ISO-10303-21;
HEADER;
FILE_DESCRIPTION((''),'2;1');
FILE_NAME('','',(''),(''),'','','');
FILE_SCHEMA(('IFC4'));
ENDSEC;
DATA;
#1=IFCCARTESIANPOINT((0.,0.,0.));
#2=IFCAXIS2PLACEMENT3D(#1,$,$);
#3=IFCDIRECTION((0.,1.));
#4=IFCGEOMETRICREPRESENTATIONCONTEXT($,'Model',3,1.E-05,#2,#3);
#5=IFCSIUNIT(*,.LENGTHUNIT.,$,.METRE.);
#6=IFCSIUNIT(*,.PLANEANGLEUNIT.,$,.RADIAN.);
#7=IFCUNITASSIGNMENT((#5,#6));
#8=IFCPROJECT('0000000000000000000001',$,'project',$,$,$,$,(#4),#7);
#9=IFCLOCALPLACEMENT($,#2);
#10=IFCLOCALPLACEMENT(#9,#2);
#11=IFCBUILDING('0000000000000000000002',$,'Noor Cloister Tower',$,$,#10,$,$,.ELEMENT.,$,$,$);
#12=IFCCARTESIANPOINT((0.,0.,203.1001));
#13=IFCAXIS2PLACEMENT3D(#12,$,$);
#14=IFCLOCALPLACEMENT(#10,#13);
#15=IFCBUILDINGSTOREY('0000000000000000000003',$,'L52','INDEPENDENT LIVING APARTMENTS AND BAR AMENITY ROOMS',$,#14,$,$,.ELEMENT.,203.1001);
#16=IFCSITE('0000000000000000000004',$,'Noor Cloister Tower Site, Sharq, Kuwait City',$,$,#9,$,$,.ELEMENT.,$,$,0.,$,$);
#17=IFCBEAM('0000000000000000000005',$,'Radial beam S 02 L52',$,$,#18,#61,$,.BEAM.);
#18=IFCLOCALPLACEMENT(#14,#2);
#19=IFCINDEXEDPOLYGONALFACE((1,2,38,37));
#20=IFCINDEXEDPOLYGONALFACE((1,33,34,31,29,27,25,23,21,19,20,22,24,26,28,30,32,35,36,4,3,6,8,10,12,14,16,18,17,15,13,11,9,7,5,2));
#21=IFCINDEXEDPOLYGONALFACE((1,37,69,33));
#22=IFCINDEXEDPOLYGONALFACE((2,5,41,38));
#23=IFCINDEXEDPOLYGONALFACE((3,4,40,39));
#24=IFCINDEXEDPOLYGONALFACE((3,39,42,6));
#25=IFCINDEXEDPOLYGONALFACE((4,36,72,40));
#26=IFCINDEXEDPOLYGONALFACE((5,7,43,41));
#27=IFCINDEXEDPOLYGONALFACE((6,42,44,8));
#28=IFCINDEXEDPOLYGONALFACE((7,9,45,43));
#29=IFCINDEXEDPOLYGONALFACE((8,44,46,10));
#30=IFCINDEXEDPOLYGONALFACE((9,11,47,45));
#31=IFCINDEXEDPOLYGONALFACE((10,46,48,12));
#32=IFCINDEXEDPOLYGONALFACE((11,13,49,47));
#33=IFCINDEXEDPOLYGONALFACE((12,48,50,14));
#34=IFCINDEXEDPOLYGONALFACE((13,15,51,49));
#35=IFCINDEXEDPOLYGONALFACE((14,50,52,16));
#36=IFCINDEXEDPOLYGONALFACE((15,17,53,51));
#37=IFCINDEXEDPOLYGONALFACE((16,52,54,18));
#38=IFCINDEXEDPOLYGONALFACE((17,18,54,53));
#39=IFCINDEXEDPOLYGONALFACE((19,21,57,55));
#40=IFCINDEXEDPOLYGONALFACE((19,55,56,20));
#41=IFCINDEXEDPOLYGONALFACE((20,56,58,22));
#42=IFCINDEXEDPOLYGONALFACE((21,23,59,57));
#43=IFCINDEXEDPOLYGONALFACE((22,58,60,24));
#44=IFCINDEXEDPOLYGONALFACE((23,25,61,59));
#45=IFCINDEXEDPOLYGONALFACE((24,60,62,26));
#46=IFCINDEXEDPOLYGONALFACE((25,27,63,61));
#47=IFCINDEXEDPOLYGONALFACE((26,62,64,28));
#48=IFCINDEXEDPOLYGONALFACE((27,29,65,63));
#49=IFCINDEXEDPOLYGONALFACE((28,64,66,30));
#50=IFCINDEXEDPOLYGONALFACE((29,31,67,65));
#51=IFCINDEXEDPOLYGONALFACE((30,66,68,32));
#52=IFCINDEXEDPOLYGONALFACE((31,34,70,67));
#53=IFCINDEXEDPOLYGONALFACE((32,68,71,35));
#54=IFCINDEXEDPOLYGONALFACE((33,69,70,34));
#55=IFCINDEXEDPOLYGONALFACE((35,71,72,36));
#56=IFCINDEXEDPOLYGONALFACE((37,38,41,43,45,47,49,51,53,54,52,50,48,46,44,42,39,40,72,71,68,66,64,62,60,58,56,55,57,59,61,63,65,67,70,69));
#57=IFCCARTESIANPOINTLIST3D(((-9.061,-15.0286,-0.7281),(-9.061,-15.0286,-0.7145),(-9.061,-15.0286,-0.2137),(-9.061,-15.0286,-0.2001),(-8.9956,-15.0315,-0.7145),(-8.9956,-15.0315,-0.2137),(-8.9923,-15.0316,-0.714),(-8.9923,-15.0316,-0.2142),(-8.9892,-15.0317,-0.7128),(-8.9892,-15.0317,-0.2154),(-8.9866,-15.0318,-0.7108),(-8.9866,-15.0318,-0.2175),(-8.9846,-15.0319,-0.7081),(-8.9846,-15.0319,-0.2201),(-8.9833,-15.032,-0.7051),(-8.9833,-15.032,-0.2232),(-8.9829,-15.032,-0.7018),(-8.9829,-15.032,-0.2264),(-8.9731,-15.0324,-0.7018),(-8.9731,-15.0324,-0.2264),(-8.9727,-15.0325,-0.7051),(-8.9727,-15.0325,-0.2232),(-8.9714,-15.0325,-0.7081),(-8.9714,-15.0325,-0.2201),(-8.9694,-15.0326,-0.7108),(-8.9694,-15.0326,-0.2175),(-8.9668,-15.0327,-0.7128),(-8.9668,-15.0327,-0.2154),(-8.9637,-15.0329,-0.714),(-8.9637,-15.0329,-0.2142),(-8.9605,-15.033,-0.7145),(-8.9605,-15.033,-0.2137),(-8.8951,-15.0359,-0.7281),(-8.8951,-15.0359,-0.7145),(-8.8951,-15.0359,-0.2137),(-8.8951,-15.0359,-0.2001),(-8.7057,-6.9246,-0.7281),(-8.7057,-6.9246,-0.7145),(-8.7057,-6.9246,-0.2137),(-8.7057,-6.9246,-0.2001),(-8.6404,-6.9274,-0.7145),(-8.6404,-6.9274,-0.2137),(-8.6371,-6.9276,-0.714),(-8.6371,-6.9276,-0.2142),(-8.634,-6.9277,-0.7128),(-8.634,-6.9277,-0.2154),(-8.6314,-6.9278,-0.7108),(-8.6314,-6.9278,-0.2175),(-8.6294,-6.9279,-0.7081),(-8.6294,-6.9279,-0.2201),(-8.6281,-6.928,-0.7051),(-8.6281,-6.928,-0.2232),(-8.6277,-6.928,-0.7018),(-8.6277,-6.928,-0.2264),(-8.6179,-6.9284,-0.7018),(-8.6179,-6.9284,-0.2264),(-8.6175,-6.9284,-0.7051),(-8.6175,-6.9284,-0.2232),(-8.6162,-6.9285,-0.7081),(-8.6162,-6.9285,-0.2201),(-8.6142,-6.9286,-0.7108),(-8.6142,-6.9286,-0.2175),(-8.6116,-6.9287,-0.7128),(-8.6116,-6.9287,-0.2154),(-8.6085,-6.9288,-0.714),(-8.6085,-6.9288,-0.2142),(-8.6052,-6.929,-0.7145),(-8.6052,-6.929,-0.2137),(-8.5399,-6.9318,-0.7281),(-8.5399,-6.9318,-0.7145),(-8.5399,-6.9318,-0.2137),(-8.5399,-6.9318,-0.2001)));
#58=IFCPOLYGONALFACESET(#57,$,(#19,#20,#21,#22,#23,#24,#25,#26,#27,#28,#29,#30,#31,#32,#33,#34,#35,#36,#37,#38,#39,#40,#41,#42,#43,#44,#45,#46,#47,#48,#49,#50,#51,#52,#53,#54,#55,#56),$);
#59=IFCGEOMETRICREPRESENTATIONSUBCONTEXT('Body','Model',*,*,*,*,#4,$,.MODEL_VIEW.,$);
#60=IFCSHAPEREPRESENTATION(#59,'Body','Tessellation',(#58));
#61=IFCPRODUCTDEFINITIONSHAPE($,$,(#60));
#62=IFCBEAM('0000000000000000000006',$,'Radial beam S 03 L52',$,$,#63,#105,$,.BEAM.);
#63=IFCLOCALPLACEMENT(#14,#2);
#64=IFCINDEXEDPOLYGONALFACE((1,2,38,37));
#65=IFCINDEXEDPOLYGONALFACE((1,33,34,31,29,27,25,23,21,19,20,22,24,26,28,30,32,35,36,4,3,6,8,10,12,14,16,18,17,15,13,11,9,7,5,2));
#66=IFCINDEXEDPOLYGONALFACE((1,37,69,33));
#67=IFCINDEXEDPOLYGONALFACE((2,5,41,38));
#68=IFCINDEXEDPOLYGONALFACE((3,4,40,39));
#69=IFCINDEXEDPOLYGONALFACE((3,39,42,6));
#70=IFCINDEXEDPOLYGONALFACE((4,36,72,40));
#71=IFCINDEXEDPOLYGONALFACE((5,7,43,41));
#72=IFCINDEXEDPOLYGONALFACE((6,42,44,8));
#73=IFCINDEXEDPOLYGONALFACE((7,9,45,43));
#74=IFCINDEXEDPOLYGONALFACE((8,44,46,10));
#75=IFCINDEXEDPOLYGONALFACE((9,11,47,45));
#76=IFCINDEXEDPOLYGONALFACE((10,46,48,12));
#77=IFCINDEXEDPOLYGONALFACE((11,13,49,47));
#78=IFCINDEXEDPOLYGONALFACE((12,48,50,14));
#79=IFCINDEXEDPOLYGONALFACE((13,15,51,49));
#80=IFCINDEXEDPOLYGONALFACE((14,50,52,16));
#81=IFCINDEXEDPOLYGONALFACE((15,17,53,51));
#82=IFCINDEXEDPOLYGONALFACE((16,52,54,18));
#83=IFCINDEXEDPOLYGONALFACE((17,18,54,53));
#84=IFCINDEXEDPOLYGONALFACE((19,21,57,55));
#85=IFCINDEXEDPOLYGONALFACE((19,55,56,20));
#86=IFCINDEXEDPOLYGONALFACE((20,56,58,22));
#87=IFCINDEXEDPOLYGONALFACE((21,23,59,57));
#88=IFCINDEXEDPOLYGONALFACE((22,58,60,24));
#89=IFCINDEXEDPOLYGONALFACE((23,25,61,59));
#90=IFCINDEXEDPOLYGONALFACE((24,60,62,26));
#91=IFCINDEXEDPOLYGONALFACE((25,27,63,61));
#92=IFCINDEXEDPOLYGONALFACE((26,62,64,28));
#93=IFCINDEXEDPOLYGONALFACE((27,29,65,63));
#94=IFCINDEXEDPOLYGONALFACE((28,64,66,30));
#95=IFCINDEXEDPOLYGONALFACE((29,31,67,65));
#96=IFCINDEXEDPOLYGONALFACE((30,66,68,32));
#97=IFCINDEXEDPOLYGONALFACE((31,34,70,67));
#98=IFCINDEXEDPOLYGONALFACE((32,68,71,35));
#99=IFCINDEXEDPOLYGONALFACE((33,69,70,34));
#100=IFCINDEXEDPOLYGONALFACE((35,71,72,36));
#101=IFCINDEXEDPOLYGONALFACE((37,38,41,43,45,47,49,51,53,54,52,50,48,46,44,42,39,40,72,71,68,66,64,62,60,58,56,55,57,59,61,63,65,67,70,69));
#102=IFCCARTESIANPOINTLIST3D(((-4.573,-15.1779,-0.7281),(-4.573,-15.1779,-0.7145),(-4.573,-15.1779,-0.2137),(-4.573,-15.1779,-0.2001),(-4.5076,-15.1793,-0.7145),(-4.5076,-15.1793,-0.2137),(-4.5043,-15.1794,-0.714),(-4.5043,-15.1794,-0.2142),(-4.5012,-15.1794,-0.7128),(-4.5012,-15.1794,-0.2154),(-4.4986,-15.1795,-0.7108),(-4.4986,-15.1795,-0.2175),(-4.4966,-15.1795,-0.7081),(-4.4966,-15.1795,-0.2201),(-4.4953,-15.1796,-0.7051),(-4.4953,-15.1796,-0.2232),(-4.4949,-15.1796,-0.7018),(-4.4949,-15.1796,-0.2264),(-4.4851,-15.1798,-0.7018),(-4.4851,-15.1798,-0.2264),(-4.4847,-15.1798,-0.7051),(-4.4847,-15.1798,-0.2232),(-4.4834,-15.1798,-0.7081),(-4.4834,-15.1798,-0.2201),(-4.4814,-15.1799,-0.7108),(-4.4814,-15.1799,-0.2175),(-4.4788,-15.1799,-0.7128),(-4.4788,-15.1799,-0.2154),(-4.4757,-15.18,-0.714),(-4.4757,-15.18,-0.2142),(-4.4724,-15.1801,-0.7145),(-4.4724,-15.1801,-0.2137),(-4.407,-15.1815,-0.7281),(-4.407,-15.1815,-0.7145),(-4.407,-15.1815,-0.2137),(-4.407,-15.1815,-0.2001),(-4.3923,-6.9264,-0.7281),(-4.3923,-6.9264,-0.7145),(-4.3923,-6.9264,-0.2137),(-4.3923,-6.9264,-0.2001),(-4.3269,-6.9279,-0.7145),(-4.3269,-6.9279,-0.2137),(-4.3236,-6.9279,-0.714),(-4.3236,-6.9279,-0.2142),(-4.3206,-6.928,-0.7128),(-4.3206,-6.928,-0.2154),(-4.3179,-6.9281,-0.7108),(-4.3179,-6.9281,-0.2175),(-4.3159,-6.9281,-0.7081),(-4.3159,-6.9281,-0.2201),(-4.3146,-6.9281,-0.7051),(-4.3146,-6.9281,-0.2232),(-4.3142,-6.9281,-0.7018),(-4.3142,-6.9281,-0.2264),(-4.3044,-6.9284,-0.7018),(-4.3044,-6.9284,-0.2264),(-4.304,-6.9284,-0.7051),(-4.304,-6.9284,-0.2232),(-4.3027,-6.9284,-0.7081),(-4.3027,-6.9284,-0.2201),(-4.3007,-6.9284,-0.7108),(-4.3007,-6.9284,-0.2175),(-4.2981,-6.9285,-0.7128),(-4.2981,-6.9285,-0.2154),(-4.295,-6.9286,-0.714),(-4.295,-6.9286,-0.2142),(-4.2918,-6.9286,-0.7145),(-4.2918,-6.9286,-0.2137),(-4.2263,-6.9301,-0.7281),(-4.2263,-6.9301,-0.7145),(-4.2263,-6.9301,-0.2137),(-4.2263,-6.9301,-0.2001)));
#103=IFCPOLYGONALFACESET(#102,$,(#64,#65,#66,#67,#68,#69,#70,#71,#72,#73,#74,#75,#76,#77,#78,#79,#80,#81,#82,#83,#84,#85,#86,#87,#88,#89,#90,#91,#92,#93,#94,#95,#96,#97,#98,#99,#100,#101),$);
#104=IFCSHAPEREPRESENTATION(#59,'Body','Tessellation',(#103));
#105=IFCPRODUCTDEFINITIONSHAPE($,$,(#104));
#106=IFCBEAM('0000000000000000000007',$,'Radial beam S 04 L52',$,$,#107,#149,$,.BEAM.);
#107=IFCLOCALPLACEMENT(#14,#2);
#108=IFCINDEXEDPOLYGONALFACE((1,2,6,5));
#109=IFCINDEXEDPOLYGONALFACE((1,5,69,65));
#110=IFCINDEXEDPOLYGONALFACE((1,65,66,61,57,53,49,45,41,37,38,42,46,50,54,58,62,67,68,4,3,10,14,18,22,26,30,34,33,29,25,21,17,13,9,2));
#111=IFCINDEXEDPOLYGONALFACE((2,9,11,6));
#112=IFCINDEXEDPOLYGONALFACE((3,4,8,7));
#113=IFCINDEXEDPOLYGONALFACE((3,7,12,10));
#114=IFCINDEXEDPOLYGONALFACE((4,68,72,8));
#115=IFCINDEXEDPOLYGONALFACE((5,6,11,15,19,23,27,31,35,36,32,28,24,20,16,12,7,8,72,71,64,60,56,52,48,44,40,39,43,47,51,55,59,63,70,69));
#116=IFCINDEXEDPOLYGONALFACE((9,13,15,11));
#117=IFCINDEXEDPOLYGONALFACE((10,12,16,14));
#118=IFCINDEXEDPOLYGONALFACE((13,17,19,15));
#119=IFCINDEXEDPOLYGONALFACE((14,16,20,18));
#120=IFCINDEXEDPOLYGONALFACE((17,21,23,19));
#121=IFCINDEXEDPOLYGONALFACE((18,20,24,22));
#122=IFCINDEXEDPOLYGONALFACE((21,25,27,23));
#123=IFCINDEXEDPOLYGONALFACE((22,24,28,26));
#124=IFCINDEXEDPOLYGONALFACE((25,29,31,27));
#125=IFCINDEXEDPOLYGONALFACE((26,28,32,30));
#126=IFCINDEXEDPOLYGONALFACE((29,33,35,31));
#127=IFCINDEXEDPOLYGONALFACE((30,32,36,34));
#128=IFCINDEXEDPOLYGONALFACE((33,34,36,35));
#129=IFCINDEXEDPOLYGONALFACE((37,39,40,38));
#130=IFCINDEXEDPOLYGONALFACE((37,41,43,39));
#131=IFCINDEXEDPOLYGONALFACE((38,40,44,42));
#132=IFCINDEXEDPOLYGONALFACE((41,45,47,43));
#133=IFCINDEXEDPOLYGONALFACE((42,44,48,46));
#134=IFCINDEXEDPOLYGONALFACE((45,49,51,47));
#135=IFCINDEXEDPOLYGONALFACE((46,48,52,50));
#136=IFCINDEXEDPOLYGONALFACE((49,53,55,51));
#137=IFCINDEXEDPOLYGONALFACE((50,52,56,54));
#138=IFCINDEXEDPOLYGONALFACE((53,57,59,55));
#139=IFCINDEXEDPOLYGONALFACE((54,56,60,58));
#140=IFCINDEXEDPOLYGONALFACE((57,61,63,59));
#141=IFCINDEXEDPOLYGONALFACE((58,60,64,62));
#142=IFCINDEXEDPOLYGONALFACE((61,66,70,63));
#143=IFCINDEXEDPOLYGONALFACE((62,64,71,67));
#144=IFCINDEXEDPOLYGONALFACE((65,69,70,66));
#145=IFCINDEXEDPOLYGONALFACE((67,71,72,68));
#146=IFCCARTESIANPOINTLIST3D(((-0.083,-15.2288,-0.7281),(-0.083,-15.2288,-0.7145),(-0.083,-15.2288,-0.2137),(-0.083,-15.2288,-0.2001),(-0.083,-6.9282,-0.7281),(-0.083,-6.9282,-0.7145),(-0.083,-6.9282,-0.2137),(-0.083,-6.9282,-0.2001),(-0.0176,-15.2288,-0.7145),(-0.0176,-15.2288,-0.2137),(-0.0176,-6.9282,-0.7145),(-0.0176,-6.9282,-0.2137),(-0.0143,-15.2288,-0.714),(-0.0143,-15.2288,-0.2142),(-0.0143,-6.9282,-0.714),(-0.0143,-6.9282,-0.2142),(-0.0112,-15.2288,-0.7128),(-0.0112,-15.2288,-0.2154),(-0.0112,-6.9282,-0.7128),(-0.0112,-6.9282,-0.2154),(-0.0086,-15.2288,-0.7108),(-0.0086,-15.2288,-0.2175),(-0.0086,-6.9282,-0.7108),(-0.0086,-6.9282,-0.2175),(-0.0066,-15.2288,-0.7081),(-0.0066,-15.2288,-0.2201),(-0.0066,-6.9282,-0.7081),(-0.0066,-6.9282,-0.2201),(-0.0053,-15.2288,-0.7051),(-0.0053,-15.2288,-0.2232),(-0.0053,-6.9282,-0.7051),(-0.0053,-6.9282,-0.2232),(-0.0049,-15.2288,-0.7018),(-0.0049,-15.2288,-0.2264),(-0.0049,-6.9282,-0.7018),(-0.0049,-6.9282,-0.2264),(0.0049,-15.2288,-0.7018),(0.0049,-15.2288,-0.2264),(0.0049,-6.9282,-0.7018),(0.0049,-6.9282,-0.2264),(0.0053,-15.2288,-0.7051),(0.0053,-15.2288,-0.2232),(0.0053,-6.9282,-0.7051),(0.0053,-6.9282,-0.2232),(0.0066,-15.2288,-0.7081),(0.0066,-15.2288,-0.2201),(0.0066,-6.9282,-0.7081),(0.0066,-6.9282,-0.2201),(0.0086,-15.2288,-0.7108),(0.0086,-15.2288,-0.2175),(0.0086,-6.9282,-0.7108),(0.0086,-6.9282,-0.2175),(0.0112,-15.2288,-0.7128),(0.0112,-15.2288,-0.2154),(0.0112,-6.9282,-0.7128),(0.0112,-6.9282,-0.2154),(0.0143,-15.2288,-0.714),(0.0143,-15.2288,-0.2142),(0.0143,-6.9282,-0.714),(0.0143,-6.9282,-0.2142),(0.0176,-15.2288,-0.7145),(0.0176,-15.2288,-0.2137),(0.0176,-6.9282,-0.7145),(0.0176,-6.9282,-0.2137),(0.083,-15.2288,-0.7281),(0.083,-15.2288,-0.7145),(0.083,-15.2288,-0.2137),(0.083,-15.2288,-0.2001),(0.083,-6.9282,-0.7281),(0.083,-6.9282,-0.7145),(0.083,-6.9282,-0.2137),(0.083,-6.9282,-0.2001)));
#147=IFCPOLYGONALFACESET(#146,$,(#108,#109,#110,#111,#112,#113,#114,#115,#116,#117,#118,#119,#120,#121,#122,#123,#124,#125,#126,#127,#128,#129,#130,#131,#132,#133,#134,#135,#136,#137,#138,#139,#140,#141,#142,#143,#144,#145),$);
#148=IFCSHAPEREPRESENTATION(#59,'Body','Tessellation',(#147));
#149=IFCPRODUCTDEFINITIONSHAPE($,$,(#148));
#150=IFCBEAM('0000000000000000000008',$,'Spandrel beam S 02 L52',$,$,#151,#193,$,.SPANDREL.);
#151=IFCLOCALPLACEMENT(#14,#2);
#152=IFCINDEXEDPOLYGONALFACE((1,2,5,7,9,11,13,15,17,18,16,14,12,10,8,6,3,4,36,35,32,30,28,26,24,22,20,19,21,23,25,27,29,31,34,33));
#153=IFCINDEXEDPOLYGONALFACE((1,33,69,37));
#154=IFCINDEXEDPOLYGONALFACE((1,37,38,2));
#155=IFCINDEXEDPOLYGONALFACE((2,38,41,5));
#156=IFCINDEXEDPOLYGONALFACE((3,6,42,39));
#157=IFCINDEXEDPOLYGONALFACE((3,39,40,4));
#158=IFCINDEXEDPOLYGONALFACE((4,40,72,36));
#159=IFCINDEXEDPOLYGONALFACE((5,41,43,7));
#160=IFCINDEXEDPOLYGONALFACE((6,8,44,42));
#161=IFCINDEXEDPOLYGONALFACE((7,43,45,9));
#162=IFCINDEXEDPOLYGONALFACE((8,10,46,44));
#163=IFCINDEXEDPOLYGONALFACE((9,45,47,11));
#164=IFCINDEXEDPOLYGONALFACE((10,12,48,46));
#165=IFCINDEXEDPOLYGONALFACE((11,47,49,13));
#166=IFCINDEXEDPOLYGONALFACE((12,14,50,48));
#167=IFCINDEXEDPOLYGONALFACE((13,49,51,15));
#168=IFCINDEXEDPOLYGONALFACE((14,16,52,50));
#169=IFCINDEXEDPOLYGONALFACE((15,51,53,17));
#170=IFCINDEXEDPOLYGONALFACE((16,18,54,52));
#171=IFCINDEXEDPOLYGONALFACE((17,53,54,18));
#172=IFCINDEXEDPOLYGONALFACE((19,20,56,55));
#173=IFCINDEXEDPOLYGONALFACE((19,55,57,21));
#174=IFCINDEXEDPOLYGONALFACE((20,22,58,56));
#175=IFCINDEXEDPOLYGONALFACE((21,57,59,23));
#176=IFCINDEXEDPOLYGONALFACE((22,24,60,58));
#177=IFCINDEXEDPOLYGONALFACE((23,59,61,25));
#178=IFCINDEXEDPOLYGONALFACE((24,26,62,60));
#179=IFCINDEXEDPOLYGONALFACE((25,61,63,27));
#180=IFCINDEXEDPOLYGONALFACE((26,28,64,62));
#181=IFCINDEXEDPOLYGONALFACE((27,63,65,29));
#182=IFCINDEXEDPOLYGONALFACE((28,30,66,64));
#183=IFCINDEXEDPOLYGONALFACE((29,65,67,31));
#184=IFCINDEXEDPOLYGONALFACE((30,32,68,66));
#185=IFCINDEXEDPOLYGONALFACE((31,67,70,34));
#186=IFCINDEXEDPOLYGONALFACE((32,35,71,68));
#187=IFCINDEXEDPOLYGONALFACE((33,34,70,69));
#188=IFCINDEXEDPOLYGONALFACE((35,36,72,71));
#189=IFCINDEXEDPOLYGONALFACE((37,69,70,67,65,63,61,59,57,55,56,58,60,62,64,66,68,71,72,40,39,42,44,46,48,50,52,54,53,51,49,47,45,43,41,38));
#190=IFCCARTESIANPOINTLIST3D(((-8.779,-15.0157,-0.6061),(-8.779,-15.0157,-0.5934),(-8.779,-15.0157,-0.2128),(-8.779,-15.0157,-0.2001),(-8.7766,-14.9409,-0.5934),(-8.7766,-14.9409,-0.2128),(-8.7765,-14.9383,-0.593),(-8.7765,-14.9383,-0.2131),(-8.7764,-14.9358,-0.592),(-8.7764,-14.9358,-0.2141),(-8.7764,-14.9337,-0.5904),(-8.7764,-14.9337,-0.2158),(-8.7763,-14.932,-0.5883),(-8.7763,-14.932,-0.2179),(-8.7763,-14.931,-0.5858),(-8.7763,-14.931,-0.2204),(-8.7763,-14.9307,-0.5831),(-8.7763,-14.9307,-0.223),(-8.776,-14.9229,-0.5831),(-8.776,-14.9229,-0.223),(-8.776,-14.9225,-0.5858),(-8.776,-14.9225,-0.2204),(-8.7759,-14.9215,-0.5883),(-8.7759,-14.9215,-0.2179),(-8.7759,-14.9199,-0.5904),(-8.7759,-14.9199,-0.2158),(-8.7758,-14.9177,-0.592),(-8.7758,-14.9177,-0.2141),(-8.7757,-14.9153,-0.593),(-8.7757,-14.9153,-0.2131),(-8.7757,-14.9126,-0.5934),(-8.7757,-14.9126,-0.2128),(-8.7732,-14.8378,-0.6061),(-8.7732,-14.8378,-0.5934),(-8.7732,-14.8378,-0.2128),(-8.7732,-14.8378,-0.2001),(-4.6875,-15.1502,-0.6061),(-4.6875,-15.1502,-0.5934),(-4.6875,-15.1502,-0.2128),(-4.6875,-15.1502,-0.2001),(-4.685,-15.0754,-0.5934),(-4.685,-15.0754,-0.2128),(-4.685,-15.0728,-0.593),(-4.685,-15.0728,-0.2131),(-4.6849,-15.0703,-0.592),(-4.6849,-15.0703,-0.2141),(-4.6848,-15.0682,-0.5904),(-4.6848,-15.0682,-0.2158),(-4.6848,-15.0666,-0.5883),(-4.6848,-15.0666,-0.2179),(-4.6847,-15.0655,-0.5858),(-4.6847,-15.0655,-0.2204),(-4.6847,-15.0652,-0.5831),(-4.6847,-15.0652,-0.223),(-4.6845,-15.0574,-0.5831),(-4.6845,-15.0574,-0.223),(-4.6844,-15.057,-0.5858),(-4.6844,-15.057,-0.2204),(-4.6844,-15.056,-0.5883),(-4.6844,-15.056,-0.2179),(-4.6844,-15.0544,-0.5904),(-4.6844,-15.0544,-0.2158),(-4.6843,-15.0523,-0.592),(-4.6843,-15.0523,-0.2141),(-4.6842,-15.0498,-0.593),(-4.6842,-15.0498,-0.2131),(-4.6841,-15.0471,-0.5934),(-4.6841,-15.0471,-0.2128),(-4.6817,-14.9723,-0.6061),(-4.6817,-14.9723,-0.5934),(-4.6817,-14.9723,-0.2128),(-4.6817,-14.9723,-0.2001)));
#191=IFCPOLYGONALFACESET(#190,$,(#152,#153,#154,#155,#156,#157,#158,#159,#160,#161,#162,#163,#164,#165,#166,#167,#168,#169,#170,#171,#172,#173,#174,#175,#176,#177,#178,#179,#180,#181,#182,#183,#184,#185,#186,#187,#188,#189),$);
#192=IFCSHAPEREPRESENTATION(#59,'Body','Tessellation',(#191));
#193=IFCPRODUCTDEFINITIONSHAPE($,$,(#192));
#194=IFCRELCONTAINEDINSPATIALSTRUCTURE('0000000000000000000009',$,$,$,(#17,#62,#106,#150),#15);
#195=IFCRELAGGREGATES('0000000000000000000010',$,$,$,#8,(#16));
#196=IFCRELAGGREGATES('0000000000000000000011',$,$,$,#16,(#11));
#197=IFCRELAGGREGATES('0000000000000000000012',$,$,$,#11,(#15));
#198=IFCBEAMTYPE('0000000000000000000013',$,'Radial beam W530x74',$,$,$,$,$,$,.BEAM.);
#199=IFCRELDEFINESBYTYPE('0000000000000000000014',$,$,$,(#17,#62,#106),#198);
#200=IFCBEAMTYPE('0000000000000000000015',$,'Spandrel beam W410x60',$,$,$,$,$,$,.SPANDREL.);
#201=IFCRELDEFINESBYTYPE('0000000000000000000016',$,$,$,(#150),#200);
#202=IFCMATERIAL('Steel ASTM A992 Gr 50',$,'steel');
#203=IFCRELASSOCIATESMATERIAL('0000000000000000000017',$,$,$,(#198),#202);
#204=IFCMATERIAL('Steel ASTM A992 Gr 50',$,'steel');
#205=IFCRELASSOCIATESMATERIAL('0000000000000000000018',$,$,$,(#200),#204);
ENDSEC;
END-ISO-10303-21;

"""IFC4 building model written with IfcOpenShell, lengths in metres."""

from ifc_helpers import new_model, si_unit, direction, frame, origin, origin_2d, place, context, subcontext, project, spatial, i_section, extrude, material, material_profile, profile_set, type_object, element, save


model = new_model("IFC4")

# Units and contexts
model_context = context("Model", 3, precision=1e-05, world=origin(), true_north=direction((0.0, 1.0)))
body_context = subcontext(model_context, "Body", "Model", "MODEL_VIEW")
ifc_project = project(units=[si_unit("LENGTHUNIT", "METRE"), si_unit("PLANEANGLEUNIT", "RADIAN")], contexts=[model_context])

# Site, building, storey
site_placement = place(None, origin())
site = spatial("IfcSite", under=ifc_project, at=site_placement, Name="Noor Cloister Tower Site, Sharq, Kuwait City", CompositionType="ELEMENT", RefElevation=0.0)
building_placement = place(site_placement, origin())
building = spatial("IfcBuilding", under=site, at=building_placement, Name="Noor Cloister Tower", CompositionType="ELEMENT")
storey_placement = place(building_placement, frame((0.0, 0.0, 203.1001)))
storey = spatial("IfcBuildingStorey", under=building, at=storey_placement, Name="L52", Description="INDEPENDENT LIVING APARTMENTS AND BAR AMENITY ROOMS", CompositionType="ELEMENT", Elevation=203.1001)

# Beams
ifc_material_1 = material(Name="Steel ASTM A992 Gr 50", Category="steel")
ifc_material_profile_1 = material_profile(ifc_material_1, i_section(OverallWidth=0.166, OverallDepth=0.5281, WebThickness=0.0098, FlangeThickness=0.0137, FilletRadius=0.0127, at=origin_2d()), Name="W530x74")
ifc_profile_set_1 = profile_set([ifc_material_profile_1], Name="Steel ASTM A992 Gr 50")
beam_type_1 = type_object("IfcBeamType", Name="Radial beam W530x74", PredefinedType="BEAM", material=ifc_profile_set_1)
beam_1_placement = place(storey_placement, frame((-8.978, -15.0322, -0.4641), z_axis=(0.043791, 0.999041, 0.0), x_axis=(-0.999041, 0.043791, 0.0)))
element("IfcBeam", 1, at=beam_1_placement, inside=storey, type_object=beam_type_1, Name="Radial beam S 02 L52", PredefinedType="BEAM", context=body_context, shape_type="SweptSolid", body=[
    extrude(i_section(OverallWidth=0.166, OverallDepth=0.5281, WebThickness=0.0098, FlangeThickness=0.0137, FilletRadius=0.0127, at=origin_2d()), origin(), (0.0, 0.0, 1.0), 8.1118),
])
beam_2_placement = place(storey_placement, frame((-4.49, -15.1797, -0.4641), z_axis=(0.02189, 0.99976, 0.0), x_axis=(-0.99976, 0.02189, 0.0)))
element("IfcBeam", 2, at=beam_2_placement, inside=storey, type_object=beam_type_1, Name="Radial beam S 03 L52", PredefinedType="BEAM", context=body_context, shape_type="SweptSolid", body=[
    extrude(i_section(OverallWidth=0.166, OverallDepth=0.5281, WebThickness=0.0098, FlangeThickness=0.0137, FilletRadius=0.0127, at=origin_2d()), origin(), (0.0, 0.0, 1.0), 8.2534),
])
beam_3_placement = place(storey_placement, frame((0.0, -15.2288, -0.4641), z_axis=(0.0, 1.0, 0.0), x_axis=(-1.0, 0.0, 0.0)))
element("IfcBeam", 3, at=beam_3_placement, inside=storey, type_object=beam_type_1, Name="Radial beam S 04 L52", PredefinedType="BEAM", context=body_context, shape_type="SweptSolid", body=[
    extrude(i_section(OverallWidth=0.166, OverallDepth=0.5281, WebThickness=0.0098, FlangeThickness=0.0137, FilletRadius=0.0127, at=origin_2d()), origin(), (0.0, 0.0, 1.0), 8.3005),
])
ifc_material_2 = material(Name="Steel ASTM A992 Gr 50", Category="steel")
ifc_material_profile_2 = material_profile(ifc_material_2, i_section(OverallWidth=0.178, OverallDepth=0.406, WebThickness=0.0078, FlangeThickness=0.0127, FilletRadius=0.0103, at=origin_2d()), Name="W410x60")
ifc_profile_set_2 = profile_set([ifc_material_profile_2], Name="Steel ASTM A992 Gr 50")
beam_type_2 = type_object("IfcBeamType", Name="Spandrel beam W410x60", PredefinedType="SPANDREL", material=ifc_profile_set_2)
for number, where, z_axis, x_axis, name in (
    (4, (-8.7761, -14.9268, -0.4031), (0.99946, -0.03286, 0.0), (0.03286, 0.99946, 0.0), "Spandrel beam S 02 L52"),
):
    element("IfcBeam", number, at=place(storey_placement, frame(where, z_axis=z_axis, x_axis=x_axis)), inside=storey, type_object=beam_type_2, Name=name, PredefinedType="SPANDREL", context=body_context, shape_type="SweptSolid", body=[
        extrude(i_section(OverallWidth=0.178, OverallDepth=0.406, WebThickness=0.0078, FlangeThickness=0.0127, FilletRadius=0.0103, at=origin_2d()), origin(), (0.0, 0.0, 1.0), 4.0938),
    ])

save(model, "model.ifc")
